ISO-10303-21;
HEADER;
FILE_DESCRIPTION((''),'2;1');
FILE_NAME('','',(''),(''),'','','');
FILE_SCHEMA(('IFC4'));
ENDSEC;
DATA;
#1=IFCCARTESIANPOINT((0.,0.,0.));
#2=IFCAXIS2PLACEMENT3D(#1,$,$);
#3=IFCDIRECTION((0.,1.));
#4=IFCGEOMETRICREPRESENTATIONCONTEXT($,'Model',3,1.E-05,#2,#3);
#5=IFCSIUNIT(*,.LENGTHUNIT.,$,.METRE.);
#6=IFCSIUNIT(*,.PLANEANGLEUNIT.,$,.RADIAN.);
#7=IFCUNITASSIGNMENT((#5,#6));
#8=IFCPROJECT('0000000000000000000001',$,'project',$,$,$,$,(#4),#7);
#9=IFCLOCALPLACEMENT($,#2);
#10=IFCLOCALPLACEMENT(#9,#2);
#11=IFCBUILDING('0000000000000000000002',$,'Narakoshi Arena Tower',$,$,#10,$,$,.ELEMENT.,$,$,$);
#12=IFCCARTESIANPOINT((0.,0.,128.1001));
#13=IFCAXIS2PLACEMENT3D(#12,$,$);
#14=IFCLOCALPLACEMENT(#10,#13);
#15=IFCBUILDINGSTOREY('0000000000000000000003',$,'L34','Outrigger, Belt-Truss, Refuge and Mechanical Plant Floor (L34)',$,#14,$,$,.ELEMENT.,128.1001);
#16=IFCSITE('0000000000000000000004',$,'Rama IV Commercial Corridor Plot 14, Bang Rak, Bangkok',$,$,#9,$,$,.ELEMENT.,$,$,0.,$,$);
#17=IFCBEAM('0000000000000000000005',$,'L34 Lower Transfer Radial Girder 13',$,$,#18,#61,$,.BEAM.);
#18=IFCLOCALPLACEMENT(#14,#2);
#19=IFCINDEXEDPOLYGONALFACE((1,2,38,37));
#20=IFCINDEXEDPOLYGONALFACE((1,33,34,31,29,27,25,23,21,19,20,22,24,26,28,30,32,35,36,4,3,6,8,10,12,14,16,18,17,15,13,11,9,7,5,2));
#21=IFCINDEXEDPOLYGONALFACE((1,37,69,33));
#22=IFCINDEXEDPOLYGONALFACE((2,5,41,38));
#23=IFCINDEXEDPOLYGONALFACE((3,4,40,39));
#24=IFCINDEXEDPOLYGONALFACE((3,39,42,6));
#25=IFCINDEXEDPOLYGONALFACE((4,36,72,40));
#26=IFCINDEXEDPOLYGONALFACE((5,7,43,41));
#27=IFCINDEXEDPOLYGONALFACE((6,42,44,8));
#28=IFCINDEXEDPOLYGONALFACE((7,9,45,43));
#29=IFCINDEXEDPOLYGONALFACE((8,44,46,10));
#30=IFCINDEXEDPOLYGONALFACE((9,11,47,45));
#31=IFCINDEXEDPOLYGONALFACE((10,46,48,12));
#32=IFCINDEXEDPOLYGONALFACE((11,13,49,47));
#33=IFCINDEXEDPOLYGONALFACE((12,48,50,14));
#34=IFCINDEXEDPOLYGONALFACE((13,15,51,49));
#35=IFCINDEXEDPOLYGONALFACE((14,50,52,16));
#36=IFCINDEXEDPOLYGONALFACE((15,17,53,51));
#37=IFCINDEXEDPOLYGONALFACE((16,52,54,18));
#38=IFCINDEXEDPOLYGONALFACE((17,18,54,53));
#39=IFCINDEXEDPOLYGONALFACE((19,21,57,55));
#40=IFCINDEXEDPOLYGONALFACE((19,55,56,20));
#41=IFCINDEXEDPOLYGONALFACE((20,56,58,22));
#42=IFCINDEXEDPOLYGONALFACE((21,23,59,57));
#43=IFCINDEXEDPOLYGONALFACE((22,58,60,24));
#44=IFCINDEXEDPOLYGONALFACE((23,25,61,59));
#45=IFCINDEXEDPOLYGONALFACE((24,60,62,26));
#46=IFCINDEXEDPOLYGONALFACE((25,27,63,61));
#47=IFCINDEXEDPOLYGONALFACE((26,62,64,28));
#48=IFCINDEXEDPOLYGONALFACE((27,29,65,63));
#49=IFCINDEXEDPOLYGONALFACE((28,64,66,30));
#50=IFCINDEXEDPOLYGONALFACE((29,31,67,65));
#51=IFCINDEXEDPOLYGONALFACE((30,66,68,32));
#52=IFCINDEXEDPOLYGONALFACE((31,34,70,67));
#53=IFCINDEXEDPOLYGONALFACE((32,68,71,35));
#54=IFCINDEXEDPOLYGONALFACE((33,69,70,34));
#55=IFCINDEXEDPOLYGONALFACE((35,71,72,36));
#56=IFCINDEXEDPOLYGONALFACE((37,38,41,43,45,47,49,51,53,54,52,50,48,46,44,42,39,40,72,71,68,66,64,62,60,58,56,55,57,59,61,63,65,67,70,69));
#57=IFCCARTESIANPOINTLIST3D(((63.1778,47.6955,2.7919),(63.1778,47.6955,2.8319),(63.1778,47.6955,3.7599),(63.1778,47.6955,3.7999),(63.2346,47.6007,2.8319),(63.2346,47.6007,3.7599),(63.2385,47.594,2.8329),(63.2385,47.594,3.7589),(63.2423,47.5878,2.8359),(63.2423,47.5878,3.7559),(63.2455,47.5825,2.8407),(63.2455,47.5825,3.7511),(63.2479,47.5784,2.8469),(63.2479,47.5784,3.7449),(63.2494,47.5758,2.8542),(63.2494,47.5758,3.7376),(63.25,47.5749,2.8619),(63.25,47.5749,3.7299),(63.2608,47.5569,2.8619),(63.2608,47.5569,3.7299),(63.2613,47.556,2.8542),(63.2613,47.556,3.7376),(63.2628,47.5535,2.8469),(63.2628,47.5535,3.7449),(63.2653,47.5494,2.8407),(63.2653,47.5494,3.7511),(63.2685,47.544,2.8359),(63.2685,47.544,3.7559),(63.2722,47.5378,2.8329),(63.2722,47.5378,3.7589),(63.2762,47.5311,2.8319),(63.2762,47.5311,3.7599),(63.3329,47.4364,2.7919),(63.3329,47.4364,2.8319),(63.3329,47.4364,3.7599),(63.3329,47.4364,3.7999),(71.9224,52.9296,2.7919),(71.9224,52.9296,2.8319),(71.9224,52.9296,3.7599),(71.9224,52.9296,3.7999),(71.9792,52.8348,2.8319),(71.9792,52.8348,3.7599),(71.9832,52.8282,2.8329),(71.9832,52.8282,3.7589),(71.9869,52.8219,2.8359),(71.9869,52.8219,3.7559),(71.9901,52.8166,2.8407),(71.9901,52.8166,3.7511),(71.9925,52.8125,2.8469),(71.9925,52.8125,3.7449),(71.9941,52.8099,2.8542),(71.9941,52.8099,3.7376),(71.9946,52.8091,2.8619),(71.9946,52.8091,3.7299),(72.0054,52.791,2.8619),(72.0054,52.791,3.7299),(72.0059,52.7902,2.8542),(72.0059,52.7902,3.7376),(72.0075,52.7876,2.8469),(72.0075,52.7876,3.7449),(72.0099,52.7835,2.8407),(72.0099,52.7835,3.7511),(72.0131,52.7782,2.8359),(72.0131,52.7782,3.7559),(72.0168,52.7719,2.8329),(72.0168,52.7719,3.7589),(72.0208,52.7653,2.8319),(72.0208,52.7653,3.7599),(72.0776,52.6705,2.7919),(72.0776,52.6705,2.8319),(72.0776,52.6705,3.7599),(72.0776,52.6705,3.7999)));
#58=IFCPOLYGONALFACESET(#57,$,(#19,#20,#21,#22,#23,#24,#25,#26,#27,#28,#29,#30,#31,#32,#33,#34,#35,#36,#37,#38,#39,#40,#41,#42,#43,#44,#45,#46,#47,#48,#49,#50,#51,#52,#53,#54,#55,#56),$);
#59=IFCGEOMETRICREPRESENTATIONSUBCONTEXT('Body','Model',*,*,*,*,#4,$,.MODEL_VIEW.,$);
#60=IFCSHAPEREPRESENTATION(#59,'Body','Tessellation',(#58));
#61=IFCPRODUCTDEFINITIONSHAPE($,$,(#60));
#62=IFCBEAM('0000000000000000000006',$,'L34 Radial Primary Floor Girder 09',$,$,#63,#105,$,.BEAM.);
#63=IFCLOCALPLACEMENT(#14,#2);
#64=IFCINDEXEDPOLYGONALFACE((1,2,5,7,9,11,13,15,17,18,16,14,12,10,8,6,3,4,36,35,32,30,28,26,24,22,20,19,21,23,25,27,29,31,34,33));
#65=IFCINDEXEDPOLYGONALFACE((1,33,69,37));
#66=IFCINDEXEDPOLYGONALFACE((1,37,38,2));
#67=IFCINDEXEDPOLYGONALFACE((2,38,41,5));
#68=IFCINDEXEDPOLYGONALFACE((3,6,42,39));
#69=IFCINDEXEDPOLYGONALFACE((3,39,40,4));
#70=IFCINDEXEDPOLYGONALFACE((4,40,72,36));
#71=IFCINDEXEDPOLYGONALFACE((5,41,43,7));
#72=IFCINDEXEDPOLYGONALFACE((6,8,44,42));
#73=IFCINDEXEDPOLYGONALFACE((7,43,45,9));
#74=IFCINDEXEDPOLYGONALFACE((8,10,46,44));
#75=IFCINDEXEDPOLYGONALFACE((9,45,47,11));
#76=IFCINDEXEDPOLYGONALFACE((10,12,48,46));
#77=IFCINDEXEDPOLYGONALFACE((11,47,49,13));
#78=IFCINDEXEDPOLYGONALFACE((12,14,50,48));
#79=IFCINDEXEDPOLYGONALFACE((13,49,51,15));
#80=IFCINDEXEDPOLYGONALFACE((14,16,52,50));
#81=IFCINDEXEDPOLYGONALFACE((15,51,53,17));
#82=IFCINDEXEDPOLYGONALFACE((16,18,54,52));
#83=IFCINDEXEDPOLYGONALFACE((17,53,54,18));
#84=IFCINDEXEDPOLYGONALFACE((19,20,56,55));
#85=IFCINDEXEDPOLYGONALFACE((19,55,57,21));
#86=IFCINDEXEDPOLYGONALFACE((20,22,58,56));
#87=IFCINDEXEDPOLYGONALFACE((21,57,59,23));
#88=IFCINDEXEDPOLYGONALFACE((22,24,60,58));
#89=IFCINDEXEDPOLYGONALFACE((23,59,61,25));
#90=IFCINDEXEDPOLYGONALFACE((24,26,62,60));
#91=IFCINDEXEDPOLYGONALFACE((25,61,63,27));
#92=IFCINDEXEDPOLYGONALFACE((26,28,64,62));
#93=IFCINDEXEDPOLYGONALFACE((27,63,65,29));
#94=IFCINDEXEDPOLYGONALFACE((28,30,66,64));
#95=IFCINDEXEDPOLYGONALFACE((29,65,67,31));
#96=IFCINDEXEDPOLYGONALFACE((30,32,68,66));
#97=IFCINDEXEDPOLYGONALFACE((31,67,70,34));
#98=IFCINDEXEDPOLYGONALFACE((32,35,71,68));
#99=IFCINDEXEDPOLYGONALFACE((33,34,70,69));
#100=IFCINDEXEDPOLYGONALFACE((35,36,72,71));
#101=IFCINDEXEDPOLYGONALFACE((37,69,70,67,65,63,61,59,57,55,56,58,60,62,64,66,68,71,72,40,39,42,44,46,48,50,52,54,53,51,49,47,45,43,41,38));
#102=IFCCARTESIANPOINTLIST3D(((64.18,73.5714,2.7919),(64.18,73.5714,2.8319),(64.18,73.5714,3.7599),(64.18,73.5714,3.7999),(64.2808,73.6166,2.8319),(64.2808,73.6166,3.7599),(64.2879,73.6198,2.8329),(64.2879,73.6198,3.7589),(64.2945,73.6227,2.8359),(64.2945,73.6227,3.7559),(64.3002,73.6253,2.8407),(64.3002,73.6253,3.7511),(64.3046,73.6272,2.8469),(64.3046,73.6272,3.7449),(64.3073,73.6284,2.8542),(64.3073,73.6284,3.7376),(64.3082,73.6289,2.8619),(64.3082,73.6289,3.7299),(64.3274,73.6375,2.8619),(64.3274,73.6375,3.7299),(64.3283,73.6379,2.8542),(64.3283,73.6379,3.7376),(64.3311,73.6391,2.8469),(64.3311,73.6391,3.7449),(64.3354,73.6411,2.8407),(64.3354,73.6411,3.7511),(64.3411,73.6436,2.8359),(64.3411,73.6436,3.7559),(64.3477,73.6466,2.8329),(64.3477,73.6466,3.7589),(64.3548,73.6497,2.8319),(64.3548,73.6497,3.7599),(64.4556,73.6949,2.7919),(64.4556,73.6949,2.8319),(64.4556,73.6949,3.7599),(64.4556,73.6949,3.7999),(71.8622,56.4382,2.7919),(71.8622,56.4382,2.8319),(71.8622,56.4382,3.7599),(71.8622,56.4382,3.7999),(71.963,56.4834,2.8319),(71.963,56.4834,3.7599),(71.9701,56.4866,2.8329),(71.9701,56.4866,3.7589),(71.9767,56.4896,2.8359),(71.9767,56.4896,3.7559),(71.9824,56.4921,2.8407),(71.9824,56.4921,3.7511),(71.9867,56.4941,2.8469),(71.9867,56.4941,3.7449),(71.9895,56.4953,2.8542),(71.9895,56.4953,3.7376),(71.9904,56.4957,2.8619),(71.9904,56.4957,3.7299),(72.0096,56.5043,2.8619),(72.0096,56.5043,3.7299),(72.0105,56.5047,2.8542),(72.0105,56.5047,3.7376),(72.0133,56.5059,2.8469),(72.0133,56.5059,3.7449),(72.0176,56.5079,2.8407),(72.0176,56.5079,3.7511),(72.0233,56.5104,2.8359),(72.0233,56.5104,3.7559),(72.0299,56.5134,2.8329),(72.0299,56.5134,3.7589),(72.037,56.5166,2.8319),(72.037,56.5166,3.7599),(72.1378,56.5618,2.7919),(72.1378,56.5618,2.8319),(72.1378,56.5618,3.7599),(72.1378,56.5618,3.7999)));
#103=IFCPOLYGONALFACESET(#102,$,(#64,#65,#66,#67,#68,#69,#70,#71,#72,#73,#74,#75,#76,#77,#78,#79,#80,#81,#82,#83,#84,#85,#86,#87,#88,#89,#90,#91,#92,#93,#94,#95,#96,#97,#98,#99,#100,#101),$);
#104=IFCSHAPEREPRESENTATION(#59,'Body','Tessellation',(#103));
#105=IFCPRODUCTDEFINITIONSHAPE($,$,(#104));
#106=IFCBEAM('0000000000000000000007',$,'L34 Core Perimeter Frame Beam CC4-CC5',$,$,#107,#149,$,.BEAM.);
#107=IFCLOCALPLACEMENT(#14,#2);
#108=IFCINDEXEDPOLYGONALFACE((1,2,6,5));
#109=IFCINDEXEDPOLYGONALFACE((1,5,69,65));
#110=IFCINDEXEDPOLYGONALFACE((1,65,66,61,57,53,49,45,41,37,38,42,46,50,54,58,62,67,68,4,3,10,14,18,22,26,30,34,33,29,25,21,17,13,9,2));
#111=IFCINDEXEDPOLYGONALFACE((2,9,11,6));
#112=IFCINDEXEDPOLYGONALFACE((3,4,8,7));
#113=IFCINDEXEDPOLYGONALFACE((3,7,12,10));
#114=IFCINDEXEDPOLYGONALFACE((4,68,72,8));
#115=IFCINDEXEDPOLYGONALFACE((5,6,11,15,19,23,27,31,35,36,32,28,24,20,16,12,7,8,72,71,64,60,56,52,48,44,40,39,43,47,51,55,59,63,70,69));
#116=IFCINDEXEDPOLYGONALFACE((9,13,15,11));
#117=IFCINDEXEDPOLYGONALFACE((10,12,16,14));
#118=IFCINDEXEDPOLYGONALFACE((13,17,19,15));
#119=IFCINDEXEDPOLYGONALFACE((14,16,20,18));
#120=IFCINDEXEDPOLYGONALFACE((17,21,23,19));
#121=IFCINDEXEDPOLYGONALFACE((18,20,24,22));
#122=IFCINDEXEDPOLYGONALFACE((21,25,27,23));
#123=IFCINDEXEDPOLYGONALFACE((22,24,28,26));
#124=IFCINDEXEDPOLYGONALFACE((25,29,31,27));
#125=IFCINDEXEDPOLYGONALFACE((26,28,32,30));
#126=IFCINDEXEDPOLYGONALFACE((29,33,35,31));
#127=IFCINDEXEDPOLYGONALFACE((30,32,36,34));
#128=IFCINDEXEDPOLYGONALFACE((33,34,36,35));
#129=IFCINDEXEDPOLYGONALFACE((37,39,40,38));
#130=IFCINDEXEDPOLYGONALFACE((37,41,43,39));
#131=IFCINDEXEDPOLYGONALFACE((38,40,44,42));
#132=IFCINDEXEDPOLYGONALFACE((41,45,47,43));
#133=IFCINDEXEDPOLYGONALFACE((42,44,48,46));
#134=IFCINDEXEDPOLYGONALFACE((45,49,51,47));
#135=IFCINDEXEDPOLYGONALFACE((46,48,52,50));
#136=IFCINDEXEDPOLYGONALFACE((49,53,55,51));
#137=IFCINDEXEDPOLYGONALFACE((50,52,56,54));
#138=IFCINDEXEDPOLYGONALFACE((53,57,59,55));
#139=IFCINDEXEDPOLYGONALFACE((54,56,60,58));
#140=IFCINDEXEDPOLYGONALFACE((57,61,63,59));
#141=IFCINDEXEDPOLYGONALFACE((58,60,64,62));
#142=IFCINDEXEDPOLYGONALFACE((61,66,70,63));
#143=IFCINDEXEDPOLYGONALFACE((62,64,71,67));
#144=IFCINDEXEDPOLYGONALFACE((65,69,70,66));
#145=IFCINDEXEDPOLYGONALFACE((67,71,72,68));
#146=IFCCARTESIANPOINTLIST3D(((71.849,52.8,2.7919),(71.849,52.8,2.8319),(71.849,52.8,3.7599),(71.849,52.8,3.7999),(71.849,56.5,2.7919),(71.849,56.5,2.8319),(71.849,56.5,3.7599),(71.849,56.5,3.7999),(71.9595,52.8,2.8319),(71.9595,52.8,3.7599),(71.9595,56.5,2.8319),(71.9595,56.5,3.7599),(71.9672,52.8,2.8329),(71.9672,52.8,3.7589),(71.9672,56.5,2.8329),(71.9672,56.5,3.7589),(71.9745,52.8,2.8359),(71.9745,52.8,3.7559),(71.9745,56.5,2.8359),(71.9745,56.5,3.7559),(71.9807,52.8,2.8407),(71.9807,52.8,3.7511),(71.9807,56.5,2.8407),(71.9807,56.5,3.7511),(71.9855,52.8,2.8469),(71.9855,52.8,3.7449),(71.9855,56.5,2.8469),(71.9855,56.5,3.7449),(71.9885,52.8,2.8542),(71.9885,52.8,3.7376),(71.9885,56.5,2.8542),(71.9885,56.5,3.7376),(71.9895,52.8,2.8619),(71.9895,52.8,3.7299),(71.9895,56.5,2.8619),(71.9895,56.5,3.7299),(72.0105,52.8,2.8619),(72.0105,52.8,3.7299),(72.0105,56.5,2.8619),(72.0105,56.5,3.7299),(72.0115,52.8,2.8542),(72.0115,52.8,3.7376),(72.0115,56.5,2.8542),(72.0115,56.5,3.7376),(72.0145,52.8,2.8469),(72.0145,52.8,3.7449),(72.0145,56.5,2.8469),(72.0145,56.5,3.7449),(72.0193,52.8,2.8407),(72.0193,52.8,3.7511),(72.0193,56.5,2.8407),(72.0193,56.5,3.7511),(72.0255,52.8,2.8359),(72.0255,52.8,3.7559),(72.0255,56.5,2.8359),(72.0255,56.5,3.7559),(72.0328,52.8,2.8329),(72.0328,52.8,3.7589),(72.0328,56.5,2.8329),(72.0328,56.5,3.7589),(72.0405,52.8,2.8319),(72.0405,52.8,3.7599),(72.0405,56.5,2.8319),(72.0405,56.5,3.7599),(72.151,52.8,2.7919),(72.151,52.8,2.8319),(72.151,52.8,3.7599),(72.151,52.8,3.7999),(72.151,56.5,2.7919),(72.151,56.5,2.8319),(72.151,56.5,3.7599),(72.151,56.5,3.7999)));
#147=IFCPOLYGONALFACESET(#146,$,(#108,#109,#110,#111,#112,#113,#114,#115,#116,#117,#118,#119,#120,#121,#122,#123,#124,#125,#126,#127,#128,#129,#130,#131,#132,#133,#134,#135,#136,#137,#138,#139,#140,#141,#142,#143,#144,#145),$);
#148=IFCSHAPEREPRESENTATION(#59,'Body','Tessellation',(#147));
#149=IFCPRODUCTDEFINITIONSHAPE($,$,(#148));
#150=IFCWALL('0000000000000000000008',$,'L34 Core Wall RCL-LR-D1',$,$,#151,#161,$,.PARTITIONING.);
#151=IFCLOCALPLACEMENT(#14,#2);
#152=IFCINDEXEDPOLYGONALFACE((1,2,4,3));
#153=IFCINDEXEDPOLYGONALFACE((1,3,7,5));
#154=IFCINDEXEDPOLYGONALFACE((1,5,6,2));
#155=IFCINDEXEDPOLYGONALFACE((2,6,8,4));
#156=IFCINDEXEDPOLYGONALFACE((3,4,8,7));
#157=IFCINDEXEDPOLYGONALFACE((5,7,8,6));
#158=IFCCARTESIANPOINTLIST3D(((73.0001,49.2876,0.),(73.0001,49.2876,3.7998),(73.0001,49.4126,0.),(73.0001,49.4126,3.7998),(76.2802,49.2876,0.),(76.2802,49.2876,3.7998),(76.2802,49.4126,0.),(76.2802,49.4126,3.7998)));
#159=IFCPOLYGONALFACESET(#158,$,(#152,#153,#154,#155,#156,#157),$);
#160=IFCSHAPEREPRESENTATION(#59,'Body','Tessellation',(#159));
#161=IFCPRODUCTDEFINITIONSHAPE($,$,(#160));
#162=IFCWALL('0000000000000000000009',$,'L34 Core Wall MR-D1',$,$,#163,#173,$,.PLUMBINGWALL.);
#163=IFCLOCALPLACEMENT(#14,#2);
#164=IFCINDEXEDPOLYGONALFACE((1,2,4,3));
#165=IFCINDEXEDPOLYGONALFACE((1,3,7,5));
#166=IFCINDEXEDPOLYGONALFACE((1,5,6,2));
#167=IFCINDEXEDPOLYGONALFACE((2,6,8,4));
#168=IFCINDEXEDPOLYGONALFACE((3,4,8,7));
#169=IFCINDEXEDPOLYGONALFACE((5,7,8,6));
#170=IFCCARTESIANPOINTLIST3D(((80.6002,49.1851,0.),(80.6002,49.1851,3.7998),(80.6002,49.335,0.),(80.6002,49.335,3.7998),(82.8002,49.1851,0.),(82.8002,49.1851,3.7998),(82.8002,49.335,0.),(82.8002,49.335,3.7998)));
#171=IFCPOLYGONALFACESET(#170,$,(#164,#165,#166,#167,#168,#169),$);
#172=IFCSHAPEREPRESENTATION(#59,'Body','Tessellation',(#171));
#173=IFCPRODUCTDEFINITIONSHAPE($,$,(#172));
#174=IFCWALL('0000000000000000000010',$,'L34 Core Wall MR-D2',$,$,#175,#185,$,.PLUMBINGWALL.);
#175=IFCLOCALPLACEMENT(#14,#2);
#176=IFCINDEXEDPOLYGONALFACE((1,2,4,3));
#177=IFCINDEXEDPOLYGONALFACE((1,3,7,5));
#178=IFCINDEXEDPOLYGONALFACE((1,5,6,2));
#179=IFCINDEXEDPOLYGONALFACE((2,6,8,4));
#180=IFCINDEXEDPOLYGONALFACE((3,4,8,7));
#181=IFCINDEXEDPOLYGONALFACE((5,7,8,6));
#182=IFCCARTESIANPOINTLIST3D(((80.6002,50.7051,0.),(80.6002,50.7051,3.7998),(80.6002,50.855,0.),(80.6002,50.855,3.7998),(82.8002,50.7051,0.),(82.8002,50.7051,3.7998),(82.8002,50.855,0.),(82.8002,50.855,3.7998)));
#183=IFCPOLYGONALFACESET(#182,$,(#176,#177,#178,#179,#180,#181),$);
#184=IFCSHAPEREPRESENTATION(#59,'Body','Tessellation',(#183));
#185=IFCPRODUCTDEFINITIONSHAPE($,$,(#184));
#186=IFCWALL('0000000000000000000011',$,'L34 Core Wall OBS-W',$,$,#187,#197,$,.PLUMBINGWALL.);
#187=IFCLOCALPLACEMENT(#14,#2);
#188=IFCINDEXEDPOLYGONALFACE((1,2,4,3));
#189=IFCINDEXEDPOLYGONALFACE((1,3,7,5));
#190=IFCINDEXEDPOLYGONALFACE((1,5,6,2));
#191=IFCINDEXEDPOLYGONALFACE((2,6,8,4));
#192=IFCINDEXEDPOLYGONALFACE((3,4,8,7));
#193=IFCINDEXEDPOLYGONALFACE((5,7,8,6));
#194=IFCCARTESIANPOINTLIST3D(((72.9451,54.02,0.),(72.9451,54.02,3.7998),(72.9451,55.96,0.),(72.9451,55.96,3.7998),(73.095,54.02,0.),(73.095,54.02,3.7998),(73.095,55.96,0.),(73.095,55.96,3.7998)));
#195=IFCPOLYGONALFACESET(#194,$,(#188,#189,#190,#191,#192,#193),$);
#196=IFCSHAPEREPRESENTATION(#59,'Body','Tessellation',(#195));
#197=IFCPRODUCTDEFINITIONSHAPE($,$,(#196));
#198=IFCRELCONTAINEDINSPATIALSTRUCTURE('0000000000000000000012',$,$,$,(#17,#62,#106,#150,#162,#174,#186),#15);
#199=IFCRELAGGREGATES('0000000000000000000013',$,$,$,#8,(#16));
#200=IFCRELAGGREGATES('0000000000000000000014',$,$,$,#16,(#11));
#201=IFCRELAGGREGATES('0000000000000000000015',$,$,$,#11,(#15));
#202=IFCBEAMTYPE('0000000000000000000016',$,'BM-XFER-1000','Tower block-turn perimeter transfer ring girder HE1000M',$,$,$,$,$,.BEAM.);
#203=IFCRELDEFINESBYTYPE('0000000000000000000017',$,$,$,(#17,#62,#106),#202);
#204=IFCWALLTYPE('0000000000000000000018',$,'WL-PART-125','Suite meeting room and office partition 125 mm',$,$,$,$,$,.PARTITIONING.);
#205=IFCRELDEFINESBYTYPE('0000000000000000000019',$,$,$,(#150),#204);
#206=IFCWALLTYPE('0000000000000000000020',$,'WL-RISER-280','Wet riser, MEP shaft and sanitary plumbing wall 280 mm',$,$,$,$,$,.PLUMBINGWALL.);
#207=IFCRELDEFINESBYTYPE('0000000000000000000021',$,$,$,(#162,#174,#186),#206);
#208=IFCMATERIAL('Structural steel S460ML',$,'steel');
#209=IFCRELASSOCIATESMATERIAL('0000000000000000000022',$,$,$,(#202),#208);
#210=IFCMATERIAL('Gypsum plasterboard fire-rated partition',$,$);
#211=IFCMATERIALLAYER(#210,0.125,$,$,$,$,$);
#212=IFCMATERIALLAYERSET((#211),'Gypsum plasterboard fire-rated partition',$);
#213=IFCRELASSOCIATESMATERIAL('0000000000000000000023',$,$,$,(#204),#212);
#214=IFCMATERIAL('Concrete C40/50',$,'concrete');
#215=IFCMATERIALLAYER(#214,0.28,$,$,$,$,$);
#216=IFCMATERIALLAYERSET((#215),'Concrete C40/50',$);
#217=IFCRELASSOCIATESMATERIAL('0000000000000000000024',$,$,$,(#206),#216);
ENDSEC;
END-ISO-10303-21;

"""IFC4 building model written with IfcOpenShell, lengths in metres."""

from ifc_helpers import new_model, si_unit, direction, frame, frame_2d, origin, origin_2d, place, context, subcontext, project, spatial, rectangle, i_section, extrude, material, layer, layer_set, material_profile, profile_set, type_object, element, save


model = new_model("IFC4")

# Units and contexts
model_context = context("Model", 3, precision=1e-05, world=origin(), true_north=direction((0.0, 1.0)))
body_context = subcontext(model_context, "Body", "Model", "MODEL_VIEW")
ifc_project = project(units=[si_unit("LENGTHUNIT", "METRE"), si_unit("PLANEANGLEUNIT", "RADIAN")], contexts=[model_context])

# Site, building, storey
site_placement = place(None, origin())
site = spatial("IfcSite", under=ifc_project, at=site_placement, Name="Rama IV Commercial Corridor Plot 14, Bang Rak, Bangkok", CompositionType="ELEMENT", RefElevation=0.0)
building_placement = place(site_placement, origin())
building = spatial("IfcBuilding", under=site, at=building_placement, Name="Narakoshi Arena Tower", CompositionType="ELEMENT")
storey_placement = place(building_placement, frame((0.0, 0.0, 128.1001)))
storey = spatial("IfcBuildingStorey", under=building, at=storey_placement, Name="L34", Description="Outrigger, Belt-Truss, Refuge and Mechanical Plant Floor (L34)", CompositionType="ELEMENT", Elevation=128.1001)

# Beams
ifc_material_1 = material(Name="Structural steel S460ML", Category="steel")
ifc_material_profile = material_profile(ifc_material_1, i_section(OverallWidth=0.302, OverallDepth=1.0081, WebThickness=0.021, FlangeThickness=0.04, FilletRadius=0.03, at=origin_2d()), Name="HE1000M")
ifc_profile_set = profile_set([ifc_material_profile], Name="Structural steel S460ML")
beam_type = type_object("IfcBeamType", Name="BM-XFER-1000", Description="Tower block-turn perimeter transfer ring girder HE1000M", PredefinedType="BEAM", material=ifc_profile_set)
beam_1_placement = place(storey_placement, frame((72.0, 52.8, 3.2959), z_axis=(-0.85804, -0.513583, 0.0), x_axis=(0.513583, -0.85804, 0.0)))
element("IfcBeam", 1, at=beam_1_placement, inside=storey, type_object=beam_type, Name="L34 Lower Transfer Radial Girder 13", PredefinedType="BEAM", context=body_context, shape_type="SweptSolid", body=[
    extrude(i_section(OverallWidth=0.302, OverallDepth=1.0081, WebThickness=0.021, FlangeThickness=0.04, FilletRadius=0.03, at=origin_2d()), origin(), (0.0, 0.0, 1.0), 10.1914),
])
beam_2_placement = place(storey_placement, frame((72.0, 56.5, 3.2959), z_axis=(-0.409135, 0.912474, 0.0), x_axis=(-0.912474, -0.409135, 0.0)))
element("IfcBeam", 2, at=beam_2_placement, inside=storey, type_object=beam_type, Name="L34 Radial Primary Floor Girder 09", PredefinedType="BEAM", context=body_context, shape_type="SweptSolid", body=[
    extrude(i_section(OverallWidth=0.302, OverallDepth=1.0081, WebThickness=0.021, FlangeThickness=0.04, FilletRadius=0.03, at=origin_2d()), origin(), (0.0, 0.0, 1.0), 18.7766),
])
beam_3_placement = place(storey_placement, frame((72.0, 52.8, 3.2959), z_axis=(0.0, 1.0, 0.0), x_axis=(-1.0, 0.0, 0.0)))
element("IfcBeam", 3, at=beam_3_placement, inside=storey, type_object=beam_type, Name="L34 Core Perimeter Frame Beam CC4-CC5", PredefinedType="BEAM", context=body_context, shape_type="SweptSolid", body=[
    extrude(i_section(OverallWidth=0.302, OverallDepth=1.0081, WebThickness=0.021, FlangeThickness=0.04, FilletRadius=0.03, at=origin_2d()), origin(), (0.0, 0.0, 1.0), 3.7),
])

# Walls
ifc_material_2 = material(Name="Gypsum plasterboard fire-rated partition")
ifc_layer_1 = layer(ifc_material_2, 0.125)
ifc_layer_set_1 = layer_set([ifc_layer_1], Name="Gypsum plasterboard fire-rated partition")
wall_type_1 = type_object("IfcWallType", Name="WL-PART-125", Description="Suite meeting room and office partition 125 mm", PredefinedType="PARTITIONING", material=ifc_layer_set_1)
wall_1_placement = place(storey_placement, frame((73.0, 49.3501, 0.0), z_axis=(0.0, 0.0, 1.0), x_axis=(1.0, 0.0, 0.0)))
element("IfcWall", 4, at=wall_1_placement, inside=storey, type_object=wall_type_1, Name="L34 Core Wall RCL-LR-D1", PredefinedType="PARTITIONING", context=body_context, shape_type="SweptSolid", body=[
    extrude(rectangle(XDim=3.28, YDim=0.125, at=frame_2d((1.6401, 0.0))), origin(), (0.0, 0.0, 1.0), 3.7998),
])
ifc_material_3 = material(Name="Concrete C40/50", Category="concrete")
ifc_layer_2 = layer(ifc_material_3, 0.28)
ifc_layer_set_2 = layer_set([ifc_layer_2], Name="Concrete C40/50")
wall_type_2 = type_object("IfcWallType", Name="WL-RISER-280", Description="Wet riser, MEP shaft and sanitary plumbing wall 280 mm", PredefinedType="PLUMBINGWALL", material=ifc_layer_set_2)
for number, where, z_axis, x_axis, name in (
    (5, (80.6001, 49.26, 0.0), (0.0, 0.0, 1.0), (1.0, 0.0, 0.0), "L34 Core Wall MR-D1"),
    (6, (80.6001, 50.78, 0.0), (0.0, 0.0, 1.0), (1.0, 0.0, 0.0), "L34 Core Wall MR-D2"),
):
    element("IfcWall", number, at=place(storey_placement, frame(where, z_axis=z_axis, x_axis=x_axis)), inside=storey, type_object=wall_type_2, Name=name, PredefinedType="PLUMBINGWALL", context=body_context, shape_type="SweptSolid", body=[
        extrude(rectangle(XDim=2.2, YDim=0.1499, at=frame_2d((1.1001, 0.0))), origin(), (0.0, 0.0, 1.0), 3.7998),
    ])
for number, where, z_axis, x_axis, name in (
    (7, (73.02, 54.02, 0.0), (0.0, 0.0, 1.0), (0.0, 1.0, 0.0), "L34 Core Wall OBS-W"),
):
    element("IfcWall", number, at=place(storey_placement, frame(where, z_axis=z_axis, x_axis=x_axis)), inside=storey, type_object=wall_type_2, Name=name, PredefinedType="PLUMBINGWALL", context=body_context, shape_type="SweptSolid", body=[
        extrude(rectangle(XDim=1.9399, YDim=0.1499, at=frame_2d((0.97, 0.0))), origin(), (0.0, 0.0, 1.0), 3.7998),
    ])

save(model, "model.ifc")
